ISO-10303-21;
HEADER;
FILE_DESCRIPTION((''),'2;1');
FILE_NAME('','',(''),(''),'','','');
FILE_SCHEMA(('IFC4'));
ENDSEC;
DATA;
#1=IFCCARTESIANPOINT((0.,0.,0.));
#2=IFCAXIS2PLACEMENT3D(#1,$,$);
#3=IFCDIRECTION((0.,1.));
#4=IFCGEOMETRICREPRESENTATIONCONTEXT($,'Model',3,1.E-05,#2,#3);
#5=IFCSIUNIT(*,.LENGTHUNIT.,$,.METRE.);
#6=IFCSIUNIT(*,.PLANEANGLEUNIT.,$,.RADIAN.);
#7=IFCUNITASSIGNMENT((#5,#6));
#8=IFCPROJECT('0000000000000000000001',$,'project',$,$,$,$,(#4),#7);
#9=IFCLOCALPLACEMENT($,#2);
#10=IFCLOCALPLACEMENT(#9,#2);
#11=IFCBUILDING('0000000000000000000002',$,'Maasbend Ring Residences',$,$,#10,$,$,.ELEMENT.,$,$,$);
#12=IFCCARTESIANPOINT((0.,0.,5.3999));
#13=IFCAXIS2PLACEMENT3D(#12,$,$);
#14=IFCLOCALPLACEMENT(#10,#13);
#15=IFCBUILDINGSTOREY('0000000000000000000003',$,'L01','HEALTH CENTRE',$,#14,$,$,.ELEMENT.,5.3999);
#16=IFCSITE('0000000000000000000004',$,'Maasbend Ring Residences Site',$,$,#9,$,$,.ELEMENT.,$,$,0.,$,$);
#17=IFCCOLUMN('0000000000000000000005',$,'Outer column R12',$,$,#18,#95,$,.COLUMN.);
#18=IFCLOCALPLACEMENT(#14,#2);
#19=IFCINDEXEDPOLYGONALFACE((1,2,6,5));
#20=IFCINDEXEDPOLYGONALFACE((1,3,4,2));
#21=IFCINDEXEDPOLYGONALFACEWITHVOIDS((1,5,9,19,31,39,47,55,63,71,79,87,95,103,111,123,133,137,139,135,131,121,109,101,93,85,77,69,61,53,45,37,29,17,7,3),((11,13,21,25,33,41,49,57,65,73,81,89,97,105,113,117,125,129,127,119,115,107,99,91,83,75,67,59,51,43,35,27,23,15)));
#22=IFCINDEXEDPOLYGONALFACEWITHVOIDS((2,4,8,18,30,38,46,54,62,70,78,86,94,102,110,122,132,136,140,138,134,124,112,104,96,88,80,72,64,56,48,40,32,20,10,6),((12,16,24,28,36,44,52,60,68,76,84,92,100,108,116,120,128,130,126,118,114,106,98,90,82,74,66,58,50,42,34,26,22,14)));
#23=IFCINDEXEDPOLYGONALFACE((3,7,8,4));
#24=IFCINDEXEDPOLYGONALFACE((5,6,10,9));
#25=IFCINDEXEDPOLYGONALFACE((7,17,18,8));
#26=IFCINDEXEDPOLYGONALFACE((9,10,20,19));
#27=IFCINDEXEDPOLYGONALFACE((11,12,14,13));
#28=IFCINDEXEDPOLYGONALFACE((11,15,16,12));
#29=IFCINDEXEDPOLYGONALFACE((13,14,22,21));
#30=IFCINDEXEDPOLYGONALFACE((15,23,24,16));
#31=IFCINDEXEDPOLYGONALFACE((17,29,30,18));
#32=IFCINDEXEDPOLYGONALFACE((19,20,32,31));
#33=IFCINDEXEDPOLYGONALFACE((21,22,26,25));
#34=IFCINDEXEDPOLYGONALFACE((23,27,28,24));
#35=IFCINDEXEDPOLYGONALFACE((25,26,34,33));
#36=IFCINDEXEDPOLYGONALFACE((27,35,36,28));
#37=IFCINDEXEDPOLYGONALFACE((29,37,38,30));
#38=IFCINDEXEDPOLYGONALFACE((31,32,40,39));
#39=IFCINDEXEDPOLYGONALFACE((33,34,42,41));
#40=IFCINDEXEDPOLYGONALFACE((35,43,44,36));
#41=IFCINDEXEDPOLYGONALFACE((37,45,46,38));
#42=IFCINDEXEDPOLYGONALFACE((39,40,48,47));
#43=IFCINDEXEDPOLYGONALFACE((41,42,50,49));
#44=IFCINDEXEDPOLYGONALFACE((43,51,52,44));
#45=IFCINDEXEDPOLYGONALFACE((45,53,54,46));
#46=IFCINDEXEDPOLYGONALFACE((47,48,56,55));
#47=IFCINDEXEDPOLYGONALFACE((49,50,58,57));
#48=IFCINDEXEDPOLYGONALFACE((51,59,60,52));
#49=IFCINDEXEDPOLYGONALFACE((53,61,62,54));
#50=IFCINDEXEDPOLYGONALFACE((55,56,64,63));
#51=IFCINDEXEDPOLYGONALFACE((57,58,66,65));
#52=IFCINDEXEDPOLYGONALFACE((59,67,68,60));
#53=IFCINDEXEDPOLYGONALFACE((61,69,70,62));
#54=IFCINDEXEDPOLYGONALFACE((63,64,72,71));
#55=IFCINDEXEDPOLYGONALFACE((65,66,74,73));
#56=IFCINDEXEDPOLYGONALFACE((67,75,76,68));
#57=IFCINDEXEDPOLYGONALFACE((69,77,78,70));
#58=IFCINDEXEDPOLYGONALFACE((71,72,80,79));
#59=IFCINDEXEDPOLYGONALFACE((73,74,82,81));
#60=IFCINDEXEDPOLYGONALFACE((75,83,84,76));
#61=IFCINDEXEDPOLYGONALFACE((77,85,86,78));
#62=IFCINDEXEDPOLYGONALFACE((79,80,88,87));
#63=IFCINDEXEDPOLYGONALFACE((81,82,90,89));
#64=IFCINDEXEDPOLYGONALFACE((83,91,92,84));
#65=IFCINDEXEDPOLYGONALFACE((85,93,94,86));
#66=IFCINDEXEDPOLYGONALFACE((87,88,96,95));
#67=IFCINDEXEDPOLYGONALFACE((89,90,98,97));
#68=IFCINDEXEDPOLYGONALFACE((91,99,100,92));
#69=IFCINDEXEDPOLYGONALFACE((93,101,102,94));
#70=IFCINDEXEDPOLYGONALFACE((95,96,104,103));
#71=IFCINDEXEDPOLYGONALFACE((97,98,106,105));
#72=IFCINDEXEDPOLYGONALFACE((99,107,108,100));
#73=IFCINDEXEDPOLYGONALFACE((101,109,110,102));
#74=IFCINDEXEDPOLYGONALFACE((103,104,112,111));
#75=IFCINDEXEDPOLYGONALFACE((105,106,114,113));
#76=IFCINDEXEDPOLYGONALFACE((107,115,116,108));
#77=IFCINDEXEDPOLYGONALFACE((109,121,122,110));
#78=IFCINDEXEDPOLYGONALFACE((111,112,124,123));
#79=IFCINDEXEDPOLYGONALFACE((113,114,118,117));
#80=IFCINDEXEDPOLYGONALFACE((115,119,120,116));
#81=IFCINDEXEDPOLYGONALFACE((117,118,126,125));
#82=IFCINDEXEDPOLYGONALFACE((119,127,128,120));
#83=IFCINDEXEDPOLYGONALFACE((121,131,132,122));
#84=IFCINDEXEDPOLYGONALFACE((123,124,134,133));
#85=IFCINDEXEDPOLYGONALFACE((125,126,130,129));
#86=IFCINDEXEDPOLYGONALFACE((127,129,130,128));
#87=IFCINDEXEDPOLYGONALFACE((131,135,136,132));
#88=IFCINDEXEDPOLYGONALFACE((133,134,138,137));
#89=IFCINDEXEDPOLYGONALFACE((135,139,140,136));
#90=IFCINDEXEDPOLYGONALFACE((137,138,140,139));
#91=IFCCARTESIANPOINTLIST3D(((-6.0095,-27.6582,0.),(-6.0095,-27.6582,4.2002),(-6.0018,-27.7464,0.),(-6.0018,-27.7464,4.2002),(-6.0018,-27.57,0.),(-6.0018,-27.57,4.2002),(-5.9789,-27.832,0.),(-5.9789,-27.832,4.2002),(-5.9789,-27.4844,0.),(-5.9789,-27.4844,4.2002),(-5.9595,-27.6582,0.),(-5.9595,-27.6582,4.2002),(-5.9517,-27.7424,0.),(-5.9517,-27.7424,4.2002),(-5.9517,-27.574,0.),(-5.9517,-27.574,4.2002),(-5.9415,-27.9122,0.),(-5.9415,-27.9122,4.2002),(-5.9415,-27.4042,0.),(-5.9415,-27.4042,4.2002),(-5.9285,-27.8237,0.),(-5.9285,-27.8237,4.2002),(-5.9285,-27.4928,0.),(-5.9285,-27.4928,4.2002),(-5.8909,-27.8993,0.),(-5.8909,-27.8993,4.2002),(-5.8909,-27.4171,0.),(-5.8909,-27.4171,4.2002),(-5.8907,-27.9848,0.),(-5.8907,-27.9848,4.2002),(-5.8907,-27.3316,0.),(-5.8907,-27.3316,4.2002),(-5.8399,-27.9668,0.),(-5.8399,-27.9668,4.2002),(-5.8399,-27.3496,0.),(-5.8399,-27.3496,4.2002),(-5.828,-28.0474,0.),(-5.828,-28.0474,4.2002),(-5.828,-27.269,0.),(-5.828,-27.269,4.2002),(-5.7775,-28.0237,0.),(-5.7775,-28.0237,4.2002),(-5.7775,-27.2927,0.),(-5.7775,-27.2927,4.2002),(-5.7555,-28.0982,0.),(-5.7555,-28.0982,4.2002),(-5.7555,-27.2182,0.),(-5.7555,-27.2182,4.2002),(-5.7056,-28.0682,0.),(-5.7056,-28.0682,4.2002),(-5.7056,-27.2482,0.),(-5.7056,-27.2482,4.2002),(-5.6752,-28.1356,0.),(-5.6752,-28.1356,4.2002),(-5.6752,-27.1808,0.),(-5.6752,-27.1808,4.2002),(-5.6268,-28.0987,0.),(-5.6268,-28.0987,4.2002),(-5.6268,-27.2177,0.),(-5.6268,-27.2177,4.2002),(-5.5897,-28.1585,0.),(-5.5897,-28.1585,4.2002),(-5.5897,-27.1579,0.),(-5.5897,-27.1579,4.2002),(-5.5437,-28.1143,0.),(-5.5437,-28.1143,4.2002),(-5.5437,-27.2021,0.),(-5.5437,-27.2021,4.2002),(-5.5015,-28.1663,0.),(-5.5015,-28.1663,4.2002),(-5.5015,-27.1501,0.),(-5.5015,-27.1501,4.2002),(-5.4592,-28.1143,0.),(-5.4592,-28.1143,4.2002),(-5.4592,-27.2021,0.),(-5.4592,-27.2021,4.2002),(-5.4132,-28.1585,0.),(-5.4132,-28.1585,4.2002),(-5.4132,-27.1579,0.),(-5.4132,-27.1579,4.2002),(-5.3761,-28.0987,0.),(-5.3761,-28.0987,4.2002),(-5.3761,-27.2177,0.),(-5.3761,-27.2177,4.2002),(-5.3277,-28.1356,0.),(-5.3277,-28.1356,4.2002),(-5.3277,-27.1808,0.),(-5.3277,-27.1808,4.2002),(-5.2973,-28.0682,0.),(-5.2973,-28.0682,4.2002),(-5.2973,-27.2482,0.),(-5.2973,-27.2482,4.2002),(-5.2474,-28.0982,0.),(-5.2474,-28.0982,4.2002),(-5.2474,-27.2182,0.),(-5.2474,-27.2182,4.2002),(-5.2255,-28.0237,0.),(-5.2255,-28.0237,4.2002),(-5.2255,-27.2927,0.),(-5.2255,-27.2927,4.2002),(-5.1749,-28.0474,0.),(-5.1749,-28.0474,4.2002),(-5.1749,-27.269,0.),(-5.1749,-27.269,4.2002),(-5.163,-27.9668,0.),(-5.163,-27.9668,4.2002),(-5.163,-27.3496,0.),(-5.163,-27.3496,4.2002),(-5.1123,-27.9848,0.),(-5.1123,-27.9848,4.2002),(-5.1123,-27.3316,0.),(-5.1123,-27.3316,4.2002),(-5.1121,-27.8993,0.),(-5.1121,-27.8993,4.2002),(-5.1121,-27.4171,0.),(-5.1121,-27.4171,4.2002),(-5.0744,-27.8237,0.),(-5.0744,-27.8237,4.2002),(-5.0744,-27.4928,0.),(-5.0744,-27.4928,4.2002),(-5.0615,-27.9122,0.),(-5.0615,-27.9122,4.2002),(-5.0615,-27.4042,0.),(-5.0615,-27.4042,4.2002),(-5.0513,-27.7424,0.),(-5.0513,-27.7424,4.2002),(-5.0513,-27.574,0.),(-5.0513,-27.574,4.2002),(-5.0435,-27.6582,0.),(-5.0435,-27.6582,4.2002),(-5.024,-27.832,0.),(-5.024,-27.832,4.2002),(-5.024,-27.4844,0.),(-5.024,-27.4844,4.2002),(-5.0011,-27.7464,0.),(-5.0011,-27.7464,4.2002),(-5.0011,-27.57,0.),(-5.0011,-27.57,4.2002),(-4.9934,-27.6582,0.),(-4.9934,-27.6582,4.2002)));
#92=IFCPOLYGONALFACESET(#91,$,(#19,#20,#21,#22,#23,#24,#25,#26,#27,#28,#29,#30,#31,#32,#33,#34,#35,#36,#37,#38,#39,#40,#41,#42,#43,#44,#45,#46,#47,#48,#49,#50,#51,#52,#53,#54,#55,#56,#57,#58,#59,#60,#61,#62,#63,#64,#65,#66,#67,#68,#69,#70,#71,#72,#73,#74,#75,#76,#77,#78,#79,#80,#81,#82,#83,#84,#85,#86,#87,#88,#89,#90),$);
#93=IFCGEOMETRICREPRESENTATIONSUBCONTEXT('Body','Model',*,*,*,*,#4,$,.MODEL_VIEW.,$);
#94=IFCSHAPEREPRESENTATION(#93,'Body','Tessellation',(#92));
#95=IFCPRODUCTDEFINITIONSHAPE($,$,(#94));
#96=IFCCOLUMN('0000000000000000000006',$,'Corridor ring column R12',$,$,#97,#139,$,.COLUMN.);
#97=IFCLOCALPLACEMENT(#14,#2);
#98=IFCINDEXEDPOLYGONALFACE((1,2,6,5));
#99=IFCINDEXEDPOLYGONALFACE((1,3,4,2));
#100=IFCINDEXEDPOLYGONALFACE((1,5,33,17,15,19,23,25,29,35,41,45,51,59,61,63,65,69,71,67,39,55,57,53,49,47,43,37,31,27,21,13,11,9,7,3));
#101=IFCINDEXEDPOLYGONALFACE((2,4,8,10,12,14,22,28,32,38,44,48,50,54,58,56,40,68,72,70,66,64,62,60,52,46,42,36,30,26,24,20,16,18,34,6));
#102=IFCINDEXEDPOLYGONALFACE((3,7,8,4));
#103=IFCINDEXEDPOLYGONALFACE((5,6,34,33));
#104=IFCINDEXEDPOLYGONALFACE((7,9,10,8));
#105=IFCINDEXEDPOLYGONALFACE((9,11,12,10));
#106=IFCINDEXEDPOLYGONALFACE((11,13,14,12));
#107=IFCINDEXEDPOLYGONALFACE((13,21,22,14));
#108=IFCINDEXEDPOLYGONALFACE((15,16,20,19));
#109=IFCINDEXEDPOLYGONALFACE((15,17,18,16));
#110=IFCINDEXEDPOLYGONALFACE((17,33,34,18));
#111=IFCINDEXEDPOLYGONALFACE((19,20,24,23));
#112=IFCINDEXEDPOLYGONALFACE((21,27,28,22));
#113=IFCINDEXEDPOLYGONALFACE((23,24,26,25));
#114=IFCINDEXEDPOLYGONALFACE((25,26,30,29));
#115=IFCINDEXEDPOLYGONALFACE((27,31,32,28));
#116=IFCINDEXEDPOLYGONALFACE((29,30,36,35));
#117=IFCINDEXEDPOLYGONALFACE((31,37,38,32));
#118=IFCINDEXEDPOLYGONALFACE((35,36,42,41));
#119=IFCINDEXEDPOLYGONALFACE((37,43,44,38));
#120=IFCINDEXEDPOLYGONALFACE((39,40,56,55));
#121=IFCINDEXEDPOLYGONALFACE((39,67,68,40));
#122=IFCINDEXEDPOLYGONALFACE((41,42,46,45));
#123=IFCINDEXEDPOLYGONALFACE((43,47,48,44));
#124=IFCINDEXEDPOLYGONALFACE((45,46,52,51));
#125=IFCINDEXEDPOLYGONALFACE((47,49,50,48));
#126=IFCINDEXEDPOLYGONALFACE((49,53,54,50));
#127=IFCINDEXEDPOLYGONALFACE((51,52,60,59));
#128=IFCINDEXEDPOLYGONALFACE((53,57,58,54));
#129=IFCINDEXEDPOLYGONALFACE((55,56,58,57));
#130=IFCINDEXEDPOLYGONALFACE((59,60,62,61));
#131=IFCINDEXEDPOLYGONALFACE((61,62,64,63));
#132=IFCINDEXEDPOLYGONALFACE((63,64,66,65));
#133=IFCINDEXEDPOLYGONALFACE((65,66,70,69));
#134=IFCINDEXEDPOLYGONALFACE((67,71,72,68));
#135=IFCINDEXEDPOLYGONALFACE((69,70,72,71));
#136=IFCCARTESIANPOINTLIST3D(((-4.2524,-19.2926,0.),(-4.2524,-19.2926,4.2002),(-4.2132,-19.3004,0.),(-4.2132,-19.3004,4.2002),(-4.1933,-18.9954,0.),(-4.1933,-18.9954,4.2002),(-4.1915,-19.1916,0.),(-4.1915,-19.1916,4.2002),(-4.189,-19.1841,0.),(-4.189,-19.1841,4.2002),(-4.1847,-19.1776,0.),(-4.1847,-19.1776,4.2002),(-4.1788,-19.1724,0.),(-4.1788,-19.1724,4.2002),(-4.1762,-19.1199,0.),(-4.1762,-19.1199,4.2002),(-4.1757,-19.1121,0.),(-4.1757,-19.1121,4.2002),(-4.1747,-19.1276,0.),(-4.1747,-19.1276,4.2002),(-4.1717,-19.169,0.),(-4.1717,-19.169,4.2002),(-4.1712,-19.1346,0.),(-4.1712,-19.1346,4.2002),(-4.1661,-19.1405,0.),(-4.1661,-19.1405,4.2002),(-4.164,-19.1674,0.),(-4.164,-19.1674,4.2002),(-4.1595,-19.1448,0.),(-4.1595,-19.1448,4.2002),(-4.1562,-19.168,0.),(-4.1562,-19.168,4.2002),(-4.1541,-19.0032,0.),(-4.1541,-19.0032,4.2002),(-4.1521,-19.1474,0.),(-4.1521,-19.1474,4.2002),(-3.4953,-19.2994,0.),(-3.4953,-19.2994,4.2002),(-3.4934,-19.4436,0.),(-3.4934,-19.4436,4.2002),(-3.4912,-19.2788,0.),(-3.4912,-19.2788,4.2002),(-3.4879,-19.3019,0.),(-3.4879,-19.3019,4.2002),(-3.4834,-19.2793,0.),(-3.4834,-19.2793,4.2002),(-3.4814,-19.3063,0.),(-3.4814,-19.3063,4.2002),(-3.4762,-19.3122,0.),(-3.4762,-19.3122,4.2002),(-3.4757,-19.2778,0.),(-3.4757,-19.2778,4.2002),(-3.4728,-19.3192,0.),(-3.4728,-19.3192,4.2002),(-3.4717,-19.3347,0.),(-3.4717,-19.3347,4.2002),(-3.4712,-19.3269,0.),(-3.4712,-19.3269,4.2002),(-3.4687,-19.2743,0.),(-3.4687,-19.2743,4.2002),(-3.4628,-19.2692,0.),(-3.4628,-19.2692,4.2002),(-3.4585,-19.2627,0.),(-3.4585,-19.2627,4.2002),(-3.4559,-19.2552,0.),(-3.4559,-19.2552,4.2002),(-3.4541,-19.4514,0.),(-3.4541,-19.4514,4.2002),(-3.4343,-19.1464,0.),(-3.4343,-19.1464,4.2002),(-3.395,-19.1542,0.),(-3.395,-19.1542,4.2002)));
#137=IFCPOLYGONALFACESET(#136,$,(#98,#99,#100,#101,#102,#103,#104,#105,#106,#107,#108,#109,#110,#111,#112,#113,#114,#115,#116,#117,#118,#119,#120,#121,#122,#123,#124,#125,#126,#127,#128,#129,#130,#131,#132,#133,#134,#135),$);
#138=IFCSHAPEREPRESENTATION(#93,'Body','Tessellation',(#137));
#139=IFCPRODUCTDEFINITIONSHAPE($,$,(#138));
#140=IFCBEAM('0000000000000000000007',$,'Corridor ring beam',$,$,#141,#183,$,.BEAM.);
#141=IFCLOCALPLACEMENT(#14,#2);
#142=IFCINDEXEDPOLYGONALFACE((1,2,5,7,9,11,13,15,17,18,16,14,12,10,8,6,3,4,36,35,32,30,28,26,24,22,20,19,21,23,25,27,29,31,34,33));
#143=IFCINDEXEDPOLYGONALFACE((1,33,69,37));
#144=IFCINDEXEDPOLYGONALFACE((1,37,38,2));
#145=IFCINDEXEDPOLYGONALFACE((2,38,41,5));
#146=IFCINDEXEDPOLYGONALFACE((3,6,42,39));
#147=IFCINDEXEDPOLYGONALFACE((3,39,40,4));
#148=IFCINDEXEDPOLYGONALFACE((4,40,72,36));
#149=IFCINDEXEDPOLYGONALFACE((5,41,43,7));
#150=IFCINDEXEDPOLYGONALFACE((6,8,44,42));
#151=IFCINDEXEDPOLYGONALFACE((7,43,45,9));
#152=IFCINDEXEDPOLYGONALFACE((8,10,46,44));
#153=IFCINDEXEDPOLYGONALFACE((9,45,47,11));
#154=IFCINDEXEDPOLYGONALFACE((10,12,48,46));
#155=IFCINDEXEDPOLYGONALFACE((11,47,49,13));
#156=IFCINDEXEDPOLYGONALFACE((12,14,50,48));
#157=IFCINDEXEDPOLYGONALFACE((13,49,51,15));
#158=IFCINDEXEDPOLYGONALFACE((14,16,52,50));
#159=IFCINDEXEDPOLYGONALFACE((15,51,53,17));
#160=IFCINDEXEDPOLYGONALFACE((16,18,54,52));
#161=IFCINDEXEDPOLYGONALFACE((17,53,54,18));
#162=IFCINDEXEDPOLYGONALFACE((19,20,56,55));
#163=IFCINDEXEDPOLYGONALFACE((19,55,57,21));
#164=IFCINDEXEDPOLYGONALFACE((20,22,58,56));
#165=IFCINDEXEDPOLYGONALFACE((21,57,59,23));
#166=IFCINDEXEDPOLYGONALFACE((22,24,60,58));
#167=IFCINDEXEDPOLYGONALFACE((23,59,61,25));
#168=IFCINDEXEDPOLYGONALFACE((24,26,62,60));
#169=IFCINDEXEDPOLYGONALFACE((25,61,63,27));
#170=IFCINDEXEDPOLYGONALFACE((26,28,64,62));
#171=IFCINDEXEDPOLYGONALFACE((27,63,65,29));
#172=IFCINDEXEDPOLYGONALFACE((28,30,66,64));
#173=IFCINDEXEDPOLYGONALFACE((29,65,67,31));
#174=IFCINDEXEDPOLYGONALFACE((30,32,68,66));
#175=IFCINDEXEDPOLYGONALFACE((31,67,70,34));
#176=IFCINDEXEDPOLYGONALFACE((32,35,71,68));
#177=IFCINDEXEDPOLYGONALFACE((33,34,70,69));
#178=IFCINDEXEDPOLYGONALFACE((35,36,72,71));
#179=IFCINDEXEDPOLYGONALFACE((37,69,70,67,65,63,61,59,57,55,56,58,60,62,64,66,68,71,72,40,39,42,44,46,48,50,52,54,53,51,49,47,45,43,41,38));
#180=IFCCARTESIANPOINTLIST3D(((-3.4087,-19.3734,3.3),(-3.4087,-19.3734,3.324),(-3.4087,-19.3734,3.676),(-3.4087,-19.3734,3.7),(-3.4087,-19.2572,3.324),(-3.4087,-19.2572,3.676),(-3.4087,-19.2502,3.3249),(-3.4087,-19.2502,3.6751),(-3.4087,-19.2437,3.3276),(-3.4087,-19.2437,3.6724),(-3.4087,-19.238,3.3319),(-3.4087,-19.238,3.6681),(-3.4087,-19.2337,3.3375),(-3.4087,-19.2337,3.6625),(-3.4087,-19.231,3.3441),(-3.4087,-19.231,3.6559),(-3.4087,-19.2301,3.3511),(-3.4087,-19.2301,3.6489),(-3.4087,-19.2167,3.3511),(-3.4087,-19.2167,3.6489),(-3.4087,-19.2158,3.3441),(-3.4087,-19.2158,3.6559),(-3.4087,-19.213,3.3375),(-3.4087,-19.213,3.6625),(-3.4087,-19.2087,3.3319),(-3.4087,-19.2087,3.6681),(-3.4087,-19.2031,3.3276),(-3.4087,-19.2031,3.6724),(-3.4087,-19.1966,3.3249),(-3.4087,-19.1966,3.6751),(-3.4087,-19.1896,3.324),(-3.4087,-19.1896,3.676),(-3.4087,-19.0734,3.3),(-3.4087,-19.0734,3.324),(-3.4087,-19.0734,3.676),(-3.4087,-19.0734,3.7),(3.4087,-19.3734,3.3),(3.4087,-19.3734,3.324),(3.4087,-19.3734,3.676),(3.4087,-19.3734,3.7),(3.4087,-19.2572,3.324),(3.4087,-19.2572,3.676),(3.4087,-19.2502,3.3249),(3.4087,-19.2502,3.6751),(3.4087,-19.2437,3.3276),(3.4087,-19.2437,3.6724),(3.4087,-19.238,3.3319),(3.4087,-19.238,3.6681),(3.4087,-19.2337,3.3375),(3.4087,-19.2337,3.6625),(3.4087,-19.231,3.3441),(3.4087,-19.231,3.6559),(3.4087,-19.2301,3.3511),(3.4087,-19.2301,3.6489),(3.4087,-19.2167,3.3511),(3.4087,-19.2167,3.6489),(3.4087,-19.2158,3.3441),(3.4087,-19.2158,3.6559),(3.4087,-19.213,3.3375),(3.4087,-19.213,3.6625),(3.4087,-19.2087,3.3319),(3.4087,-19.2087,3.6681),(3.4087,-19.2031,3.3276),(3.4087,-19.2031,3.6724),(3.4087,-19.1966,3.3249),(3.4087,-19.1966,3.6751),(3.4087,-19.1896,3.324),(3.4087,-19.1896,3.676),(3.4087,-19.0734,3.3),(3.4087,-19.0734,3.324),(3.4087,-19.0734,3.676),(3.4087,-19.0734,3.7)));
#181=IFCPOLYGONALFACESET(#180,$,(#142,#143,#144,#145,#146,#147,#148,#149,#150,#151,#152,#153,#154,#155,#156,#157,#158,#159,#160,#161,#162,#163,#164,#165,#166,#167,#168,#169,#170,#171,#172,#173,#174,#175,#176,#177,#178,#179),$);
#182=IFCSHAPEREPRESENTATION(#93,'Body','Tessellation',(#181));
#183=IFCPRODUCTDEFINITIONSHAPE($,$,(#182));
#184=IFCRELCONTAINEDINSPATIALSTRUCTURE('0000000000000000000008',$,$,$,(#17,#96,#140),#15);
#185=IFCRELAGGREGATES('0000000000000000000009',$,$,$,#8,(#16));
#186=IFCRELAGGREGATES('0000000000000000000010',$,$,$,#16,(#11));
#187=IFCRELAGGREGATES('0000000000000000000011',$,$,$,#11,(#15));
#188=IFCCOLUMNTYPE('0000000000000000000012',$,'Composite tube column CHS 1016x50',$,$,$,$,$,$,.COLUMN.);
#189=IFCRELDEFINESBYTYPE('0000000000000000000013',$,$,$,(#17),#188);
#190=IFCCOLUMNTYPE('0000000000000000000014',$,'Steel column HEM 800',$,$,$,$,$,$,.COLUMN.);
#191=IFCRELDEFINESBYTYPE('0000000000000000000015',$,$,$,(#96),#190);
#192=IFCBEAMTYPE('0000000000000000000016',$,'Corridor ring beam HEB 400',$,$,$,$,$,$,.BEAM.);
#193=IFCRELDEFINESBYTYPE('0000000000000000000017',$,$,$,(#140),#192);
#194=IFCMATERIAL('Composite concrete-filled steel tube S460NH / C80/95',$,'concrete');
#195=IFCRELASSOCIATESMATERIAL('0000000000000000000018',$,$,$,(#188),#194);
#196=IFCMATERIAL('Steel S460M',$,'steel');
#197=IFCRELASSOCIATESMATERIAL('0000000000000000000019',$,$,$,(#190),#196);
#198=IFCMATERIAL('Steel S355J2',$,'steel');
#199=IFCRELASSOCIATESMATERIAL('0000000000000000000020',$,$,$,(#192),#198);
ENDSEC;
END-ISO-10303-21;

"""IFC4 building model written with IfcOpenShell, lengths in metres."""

from ifc_helpers import new_model, si_unit, direction, frame, origin, origin_2d, place, context, subcontext, project, spatial, hollow_circle, i_section, extrude, material, material_profile, profile_set, type_object, element, save


model = new_model("IFC4")

# Units and contexts
model_context = context("Model", 3, precision=1e-05, world=origin(), true_north=direction((0.0, 1.0)))
body_context = subcontext(model_context, "Body", "Model", "MODEL_VIEW")
ifc_project = project(units=[si_unit("LENGTHUNIT", "METRE"), si_unit("PLANEANGLEUNIT", "RADIAN")], contexts=[model_context])

# Site, building, storey
site_placement = place(None, origin())
site = spatial("IfcSite", under=ifc_project, at=site_placement, Name="Maasbend Ring Residences Site", CompositionType="ELEMENT", RefElevation=0.0)
building_placement = place(site_placement, origin())
building = spatial("IfcBuilding", under=site, at=building_placement, Name="Maasbend Ring Residences", CompositionType="ELEMENT")
storey_placement = place(building_placement, frame((0.0, 0.0, 5.3999)))
storey = spatial("IfcBuildingStorey", under=building, at=storey_placement, Name="L01", Description="HEALTH CENTRE", CompositionType="ELEMENT", Elevation=5.3999)

# Columns
ifc_material_1 = material(Name="Composite concrete-filled steel tube S460NH / C80/95", Category="concrete")
ifc_material_profile_1 = material_profile(ifc_material_1, hollow_circle(Radius=0.5081, WallThickness=0.05, at=origin_2d()), Name="Composite tube column CHS 1016x50")
ifc_profile_set_1 = profile_set([ifc_material_profile_1], Name="Composite concrete-filled steel tube S460NH / C80/95")
column_type_1 = type_object("IfcColumnType", Name="Composite tube column CHS 1016x50", PredefinedType="COLUMN", material=ifc_profile_set_1)
column_1_placement = place(storey_placement, frame((-5.5015, -27.6582, 0.0), z_axis=(0.0, 0.0, 1.0), x_axis=(1.0, 0.0, 0.0)))
element("IfcColumn", 1, at=column_1_placement, inside=storey, type_object=column_type_1, Name="Outer column R12", PredefinedType="COLUMN", context=body_context, shape_type="SweptSolid", body=[
    extrude(hollow_circle(Radius=0.5081, WallThickness=0.05, at=origin_2d()), origin(), (0.0, 0.0, 1.0), 4.2002),
])
ifc_material_2 = material(Name="Steel S460M", Category="steel")
ifc_material_profile_2 = material_profile(ifc_material_2, i_section(OverallWidth=0.303, OverallDepth=0.814, WebThickness=0.021, FlangeThickness=0.04, FilletRadius=0.03, at=origin_2d()), Name="HEM 800")
ifc_profile_set_2 = profile_set([ifc_material_profile_2], Name="Steel S460M")
column_type_2 = type_object("IfcColumnType", Name="Steel column HEM 800", PredefinedType="COLUMN", material=ifc_profile_set_2)
column_2_placement = place(storey_placement, frame((-3.8237, -19.2234, 0.0), z_axis=(0.0, 0.0, 1.0), x_axis=(-0.19509, -0.980785, 0.0)))
element("IfcColumn", 2, at=column_2_placement, inside=storey, type_object=column_type_2, Name="Corridor ring column R12", PredefinedType="COLUMN", context=body_context, shape_type="SweptSolid", body=[
    extrude(i_section(OverallWidth=0.303, OverallDepth=0.814, WebThickness=0.021, FlangeThickness=0.04, FilletRadius=0.03, at=origin_2d()), origin(), (0.0, 0.0, 1.0), 4.2002),
])

# Beam
ifc_material_3 = material(Name="Steel S355J2", Category="steel")
ifc_material_profile_3 = material_profile(ifc_material_3, i_section(OverallWidth=0.3, OverallDepth=0.3999, WebThickness=0.0134, FlangeThickness=0.0239, FilletRadius=0.0271, at=origin_2d()), Name="HEB 400")
ifc_profile_set_3 = profile_set([ifc_material_profile_3], Name="Steel S355J2")
beam_type_1 = type_object("IfcBeamType", Name="Corridor ring beam HEB 400", PredefinedType="BEAM", material=ifc_profile_set_3)
beam_1_placement = place(storey_placement, frame((-3.4087, -19.2234, 3.5), z_axis=(1.0, 0.0, 0.0), x_axis=(0.0, 1.0, 0.0)))
element("IfcBeam", 3, at=beam_1_placement, inside=storey, type_object=beam_type_1, Name="Corridor ring beam", PredefinedType="BEAM", context=body_context, shape_type="SweptSolid", body=[
    extrude(i_section(OverallWidth=0.3, OverallDepth=0.3999, WebThickness=0.0134, FlangeThickness=0.0239, FilletRadius=0.0271, at=origin_2d()), origin(), (0.0, 0.0, 1.0), 6.8174),
])

save(model, "model.ifc")
